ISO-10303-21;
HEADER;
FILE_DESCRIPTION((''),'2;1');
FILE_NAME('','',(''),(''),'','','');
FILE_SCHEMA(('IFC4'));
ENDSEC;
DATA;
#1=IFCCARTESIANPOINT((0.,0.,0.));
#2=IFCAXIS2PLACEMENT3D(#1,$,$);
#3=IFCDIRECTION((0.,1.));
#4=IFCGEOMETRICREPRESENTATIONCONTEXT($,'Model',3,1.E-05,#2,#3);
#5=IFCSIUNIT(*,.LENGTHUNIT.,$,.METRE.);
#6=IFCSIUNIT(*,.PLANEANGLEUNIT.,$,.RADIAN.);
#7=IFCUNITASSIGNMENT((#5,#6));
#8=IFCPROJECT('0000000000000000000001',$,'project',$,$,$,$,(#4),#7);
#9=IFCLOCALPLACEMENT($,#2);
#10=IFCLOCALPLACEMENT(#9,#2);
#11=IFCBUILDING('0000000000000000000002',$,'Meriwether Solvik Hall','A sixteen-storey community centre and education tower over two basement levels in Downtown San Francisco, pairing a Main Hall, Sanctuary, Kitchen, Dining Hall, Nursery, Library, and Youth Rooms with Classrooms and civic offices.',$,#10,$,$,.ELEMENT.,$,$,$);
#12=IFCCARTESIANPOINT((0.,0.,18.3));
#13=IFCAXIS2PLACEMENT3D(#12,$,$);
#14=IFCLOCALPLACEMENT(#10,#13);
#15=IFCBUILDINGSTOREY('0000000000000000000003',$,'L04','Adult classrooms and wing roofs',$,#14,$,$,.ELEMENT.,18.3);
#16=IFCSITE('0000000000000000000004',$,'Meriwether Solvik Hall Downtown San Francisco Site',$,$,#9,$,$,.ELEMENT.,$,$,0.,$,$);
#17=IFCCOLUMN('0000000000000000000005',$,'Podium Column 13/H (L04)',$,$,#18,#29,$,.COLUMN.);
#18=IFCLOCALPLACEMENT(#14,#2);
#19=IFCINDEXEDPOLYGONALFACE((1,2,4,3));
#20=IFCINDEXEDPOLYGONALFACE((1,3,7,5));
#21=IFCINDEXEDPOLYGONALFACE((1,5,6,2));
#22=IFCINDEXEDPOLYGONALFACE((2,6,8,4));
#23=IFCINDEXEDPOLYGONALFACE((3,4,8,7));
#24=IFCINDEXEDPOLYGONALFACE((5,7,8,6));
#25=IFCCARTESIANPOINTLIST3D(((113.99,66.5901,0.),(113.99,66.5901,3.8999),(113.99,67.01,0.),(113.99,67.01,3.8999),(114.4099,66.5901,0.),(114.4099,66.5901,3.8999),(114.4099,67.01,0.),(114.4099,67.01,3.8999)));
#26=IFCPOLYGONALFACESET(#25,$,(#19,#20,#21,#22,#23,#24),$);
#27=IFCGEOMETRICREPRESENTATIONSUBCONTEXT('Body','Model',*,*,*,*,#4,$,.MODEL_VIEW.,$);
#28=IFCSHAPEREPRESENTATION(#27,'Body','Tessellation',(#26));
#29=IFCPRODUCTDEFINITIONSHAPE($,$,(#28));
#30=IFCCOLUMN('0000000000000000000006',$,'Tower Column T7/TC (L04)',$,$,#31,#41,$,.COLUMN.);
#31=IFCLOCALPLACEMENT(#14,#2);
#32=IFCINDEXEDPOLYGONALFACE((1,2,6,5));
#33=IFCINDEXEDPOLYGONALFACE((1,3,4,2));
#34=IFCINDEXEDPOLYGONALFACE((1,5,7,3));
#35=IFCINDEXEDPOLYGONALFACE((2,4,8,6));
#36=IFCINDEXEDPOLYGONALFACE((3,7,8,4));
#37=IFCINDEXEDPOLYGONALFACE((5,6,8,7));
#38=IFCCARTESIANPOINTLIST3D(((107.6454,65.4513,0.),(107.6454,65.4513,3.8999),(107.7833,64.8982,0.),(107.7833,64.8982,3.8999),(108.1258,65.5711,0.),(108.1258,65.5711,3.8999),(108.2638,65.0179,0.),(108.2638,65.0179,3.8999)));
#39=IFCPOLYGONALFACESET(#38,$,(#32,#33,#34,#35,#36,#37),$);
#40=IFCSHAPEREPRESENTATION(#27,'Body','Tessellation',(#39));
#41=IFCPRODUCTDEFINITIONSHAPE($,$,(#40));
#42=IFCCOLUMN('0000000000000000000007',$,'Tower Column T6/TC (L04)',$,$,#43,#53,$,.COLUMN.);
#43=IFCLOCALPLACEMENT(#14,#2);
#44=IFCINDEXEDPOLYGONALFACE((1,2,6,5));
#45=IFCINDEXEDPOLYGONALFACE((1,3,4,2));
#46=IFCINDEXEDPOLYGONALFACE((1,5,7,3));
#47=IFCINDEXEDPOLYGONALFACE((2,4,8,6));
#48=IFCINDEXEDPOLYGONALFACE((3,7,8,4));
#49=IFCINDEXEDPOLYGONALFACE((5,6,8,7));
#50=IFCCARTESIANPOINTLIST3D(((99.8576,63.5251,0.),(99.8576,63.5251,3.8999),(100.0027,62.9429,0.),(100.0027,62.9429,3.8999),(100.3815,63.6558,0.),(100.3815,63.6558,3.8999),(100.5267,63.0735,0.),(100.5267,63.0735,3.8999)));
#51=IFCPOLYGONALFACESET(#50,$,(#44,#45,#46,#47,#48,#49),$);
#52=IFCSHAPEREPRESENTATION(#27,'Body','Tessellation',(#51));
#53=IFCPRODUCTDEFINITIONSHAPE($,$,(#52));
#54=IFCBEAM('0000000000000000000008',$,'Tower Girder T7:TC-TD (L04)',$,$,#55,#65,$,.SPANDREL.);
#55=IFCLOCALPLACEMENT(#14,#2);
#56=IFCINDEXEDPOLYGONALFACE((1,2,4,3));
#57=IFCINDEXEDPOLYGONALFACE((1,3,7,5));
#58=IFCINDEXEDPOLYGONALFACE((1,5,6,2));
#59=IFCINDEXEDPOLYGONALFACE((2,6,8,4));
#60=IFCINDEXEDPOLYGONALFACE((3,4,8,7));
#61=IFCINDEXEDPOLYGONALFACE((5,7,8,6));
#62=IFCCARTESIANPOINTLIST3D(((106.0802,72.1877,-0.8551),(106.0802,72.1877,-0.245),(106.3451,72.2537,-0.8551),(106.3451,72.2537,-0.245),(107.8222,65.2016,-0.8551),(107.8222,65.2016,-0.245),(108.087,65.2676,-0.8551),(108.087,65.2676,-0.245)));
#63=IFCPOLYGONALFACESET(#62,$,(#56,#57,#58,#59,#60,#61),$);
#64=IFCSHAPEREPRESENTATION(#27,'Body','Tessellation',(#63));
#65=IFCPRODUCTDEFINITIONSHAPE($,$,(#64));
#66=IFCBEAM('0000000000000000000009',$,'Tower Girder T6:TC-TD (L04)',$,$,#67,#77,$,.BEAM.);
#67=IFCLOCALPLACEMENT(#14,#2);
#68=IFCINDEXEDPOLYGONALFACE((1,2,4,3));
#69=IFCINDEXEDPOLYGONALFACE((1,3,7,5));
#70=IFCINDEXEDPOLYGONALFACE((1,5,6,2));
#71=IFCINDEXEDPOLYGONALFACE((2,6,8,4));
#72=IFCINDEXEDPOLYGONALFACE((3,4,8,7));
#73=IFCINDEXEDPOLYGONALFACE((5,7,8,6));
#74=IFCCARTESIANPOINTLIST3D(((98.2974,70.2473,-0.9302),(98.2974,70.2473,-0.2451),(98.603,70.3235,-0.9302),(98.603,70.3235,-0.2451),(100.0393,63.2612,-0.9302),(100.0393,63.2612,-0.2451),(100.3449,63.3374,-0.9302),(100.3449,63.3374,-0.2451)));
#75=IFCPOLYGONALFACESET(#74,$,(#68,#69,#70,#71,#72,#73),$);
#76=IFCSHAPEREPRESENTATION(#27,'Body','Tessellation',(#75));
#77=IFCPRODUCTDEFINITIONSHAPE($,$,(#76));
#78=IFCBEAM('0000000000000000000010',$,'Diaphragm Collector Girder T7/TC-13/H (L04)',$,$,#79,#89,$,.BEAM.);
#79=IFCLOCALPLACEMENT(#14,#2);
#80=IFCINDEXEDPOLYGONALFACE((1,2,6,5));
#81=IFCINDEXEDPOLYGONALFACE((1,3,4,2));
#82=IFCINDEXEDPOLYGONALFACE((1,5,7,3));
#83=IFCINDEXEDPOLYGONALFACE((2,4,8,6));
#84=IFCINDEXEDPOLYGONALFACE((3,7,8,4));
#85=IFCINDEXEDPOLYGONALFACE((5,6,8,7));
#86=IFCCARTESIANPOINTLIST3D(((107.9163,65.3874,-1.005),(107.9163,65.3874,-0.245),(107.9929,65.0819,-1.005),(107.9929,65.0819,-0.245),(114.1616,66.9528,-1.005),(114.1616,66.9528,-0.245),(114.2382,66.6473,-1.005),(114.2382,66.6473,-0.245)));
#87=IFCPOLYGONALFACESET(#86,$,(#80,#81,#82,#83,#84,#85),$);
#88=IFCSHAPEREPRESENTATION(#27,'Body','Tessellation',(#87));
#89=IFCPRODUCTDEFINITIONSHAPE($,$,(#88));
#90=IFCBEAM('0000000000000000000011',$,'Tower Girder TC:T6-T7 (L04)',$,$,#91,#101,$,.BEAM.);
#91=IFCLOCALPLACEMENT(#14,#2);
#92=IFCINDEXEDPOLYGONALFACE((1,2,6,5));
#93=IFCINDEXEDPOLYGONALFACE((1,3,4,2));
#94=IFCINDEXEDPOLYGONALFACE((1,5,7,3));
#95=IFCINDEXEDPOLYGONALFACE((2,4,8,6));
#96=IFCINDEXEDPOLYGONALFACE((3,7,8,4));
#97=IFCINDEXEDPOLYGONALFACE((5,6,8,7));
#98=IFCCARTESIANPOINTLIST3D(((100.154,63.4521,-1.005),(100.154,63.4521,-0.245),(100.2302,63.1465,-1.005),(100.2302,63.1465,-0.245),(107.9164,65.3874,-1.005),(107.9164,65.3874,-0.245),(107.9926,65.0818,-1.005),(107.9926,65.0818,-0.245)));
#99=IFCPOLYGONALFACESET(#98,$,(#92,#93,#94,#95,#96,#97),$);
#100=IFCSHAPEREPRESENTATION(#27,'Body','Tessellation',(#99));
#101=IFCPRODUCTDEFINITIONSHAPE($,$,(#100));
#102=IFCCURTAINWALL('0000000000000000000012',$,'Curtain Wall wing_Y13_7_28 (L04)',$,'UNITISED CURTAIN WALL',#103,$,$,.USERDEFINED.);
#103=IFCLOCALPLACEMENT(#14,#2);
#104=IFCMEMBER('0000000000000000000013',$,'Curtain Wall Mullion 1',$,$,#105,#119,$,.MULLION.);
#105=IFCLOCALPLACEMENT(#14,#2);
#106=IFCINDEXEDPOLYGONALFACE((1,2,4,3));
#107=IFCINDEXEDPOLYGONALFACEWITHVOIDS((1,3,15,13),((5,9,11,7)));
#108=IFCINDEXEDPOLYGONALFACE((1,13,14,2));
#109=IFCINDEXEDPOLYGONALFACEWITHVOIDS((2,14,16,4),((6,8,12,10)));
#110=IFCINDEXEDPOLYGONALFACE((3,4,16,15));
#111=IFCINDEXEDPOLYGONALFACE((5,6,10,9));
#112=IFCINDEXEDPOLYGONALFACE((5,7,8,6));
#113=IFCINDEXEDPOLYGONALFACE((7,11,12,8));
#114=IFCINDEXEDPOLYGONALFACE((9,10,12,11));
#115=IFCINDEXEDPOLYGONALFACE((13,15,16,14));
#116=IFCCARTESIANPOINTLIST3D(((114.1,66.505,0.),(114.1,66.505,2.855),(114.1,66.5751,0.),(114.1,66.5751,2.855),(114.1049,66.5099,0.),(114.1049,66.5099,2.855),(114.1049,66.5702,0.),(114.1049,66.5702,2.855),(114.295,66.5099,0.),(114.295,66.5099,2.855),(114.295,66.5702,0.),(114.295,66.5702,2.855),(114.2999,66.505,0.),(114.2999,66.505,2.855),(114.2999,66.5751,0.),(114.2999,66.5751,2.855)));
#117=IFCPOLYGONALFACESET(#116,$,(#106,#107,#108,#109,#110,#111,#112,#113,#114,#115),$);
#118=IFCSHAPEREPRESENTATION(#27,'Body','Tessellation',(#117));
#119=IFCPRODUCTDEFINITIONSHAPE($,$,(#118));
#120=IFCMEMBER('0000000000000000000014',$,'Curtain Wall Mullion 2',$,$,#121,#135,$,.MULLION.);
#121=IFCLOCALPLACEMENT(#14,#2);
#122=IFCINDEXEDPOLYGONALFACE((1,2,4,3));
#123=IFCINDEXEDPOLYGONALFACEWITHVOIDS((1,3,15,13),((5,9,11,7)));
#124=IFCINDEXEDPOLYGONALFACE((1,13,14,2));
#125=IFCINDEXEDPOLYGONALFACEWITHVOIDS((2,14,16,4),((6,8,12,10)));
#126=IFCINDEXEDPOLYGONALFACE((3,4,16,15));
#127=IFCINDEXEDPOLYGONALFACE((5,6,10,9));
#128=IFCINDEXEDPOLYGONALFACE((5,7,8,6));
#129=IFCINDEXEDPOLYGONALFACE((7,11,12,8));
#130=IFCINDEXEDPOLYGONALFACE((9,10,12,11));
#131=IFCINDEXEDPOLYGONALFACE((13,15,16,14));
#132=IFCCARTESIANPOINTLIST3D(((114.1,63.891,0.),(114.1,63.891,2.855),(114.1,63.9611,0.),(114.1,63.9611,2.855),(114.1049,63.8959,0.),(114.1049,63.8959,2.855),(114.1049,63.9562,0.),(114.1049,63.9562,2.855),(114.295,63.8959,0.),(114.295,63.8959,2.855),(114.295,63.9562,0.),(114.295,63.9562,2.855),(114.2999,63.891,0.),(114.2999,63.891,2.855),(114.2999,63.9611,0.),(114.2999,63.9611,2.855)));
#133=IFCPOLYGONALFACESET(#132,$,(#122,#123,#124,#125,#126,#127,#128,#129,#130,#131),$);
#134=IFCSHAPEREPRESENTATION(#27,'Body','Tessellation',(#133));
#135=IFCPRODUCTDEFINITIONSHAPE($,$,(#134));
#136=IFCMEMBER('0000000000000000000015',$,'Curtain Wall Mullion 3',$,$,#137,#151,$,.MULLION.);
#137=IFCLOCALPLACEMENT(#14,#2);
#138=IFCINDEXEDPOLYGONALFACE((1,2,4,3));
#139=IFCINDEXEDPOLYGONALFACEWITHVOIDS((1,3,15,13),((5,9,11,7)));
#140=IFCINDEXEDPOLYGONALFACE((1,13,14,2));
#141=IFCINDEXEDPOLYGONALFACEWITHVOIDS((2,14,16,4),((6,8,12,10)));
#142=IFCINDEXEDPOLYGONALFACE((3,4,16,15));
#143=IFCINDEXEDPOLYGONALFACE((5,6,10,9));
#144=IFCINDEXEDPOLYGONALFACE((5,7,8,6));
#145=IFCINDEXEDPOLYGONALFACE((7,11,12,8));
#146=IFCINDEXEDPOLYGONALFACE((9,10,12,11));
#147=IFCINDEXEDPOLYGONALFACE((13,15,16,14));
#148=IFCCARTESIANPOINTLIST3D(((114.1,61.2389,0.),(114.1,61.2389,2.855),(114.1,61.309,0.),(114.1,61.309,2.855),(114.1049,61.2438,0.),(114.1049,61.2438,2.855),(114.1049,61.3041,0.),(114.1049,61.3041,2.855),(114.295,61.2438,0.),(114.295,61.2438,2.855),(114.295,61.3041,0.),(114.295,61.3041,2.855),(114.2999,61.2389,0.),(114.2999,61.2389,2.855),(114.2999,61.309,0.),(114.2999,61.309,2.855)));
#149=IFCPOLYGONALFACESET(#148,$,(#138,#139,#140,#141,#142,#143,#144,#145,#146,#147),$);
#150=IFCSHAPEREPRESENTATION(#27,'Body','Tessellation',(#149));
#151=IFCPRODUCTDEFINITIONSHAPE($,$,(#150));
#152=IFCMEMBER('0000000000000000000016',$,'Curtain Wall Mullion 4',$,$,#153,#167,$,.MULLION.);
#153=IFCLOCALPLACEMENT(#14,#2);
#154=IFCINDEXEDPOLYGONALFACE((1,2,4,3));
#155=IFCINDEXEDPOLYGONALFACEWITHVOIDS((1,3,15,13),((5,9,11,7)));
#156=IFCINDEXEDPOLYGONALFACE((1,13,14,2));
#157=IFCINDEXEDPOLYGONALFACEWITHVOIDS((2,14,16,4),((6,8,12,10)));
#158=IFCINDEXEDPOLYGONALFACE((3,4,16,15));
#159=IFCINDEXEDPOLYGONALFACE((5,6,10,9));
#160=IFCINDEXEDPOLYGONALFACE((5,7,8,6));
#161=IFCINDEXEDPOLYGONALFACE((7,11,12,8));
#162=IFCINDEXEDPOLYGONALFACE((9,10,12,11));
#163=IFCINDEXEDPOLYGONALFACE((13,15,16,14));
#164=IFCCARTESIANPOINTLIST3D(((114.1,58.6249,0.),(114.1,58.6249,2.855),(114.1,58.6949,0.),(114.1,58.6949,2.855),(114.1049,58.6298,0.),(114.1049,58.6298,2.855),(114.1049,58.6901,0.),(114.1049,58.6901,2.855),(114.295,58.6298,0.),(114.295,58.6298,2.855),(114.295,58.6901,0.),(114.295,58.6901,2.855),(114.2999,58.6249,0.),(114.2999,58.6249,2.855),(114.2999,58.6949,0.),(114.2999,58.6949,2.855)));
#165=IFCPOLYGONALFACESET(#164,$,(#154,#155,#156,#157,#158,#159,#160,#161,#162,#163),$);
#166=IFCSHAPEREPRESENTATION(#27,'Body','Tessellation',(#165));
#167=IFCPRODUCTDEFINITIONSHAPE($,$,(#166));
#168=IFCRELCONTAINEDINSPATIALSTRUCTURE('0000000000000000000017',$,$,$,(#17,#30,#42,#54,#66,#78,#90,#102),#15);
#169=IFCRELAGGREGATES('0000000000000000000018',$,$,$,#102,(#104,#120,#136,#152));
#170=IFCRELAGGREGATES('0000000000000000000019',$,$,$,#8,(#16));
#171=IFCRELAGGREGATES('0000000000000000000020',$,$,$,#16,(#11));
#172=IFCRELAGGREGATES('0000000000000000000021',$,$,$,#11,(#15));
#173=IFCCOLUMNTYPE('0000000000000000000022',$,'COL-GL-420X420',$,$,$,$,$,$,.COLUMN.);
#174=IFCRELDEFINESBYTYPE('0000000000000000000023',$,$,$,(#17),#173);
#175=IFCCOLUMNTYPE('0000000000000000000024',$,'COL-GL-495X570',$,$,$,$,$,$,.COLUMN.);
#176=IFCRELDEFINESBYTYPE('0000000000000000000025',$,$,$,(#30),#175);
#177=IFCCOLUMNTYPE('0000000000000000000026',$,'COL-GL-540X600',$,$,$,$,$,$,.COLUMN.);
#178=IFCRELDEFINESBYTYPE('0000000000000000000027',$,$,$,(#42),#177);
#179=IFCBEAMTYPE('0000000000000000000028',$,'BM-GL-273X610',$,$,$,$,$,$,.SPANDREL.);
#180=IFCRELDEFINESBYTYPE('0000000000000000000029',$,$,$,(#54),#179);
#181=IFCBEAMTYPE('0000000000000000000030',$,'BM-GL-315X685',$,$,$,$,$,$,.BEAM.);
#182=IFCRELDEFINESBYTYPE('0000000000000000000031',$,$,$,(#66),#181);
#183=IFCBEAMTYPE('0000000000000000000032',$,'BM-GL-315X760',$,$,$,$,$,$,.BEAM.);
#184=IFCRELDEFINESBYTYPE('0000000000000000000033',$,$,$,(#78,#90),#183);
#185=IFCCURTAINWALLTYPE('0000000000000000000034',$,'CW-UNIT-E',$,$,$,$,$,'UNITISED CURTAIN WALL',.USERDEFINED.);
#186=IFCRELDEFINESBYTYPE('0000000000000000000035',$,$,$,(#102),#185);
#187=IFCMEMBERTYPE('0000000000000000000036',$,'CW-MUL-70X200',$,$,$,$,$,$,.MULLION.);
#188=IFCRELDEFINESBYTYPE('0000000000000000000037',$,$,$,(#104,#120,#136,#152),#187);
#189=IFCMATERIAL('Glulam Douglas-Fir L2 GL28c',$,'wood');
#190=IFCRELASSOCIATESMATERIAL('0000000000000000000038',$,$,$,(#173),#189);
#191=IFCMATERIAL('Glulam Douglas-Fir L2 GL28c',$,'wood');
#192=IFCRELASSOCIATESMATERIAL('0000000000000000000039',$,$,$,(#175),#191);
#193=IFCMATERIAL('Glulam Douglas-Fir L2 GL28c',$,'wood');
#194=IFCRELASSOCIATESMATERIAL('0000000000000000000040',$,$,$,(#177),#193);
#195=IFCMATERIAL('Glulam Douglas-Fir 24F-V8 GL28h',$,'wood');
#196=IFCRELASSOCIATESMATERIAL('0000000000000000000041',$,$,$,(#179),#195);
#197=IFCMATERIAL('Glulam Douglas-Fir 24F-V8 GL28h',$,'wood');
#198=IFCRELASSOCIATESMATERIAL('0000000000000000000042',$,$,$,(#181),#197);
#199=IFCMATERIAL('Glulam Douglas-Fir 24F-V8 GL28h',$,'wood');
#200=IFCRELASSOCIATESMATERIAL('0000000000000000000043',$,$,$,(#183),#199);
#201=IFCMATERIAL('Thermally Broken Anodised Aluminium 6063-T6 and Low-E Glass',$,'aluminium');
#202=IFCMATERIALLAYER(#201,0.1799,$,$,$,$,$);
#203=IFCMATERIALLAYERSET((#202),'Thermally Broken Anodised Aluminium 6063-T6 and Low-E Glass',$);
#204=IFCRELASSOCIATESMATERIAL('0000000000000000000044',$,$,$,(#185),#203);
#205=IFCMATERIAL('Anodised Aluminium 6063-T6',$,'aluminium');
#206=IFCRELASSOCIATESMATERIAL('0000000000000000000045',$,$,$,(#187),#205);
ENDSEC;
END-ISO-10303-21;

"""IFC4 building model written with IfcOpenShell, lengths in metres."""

from ifc_helpers import new_model, si_unit, direction, frame, origin, origin_2d, place, context, subcontext, project, spatial, rectangle, hollow_rectangle, extrude, material, layer, layer_set, material_profile, profile_set, type_object, element, aggregate, save


model = new_model("IFC4")

# Units and contexts
model_context = context("Model", 3, precision=1e-05, world=origin(), true_north=direction((0.0, 1.0)))
body_context = subcontext(model_context, "Body", "Model", "MODEL_VIEW")
ifc_project = project(units=[si_unit("LENGTHUNIT", "METRE"), si_unit("PLANEANGLEUNIT", "RADIAN")], contexts=[model_context])

# Site, building, storey
site_placement = place(None, origin())
site = spatial("IfcSite", under=ifc_project, at=site_placement, Name="Meriwether Solvik Hall Downtown San Francisco Site", CompositionType="ELEMENT", RefElevation=0.0)
building_placement = place(site_placement, origin())
building = spatial("IfcBuilding", under=site, at=building_placement, Name="Meriwether Solvik Hall", Description="A sixteen-storey community centre and education tower over two basement levels in Downtown San Francisco, pairing a Main Hall, Sanctuary, Kitchen, Dining Hall, Nursery, Library, and Youth Rooms with Classrooms and civic offices.", CompositionType="ELEMENT")
storey_placement = place(building_placement, frame((0.0, 0.0, 18.3)))
storey = spatial("IfcBuildingStorey", under=building, at=storey_placement, Name="L04", Description="Adult classrooms and wing roofs", CompositionType="ELEMENT", Elevation=18.3)

# Columns
ifc_material_1 = material(Name="Glulam Douglas-Fir L2 GL28c", Category="wood")
ifc_material_profile_1 = material_profile(ifc_material_1, rectangle(XDim=0.4199, YDim=0.4199, at=origin_2d()), Name="GLC-420X420")
ifc_profile_set_1 = profile_set([ifc_material_profile_1], Name="Glulam Douglas-Fir L2 GL28c")
column_type_1 = type_object("IfcColumnType", Name="COL-GL-420X420", PredefinedType="COLUMN", material=ifc_profile_set_1)
column_1_placement = place(storey_placement, frame((114.2, 66.8, 0.0), z_axis=(0.0, 0.0, 1.0), x_axis=(1.0, 0.0, 0.0)))
element("IfcColumn", 1, at=column_1_placement, inside=storey, type_object=column_type_1, Name="Podium Column 13/H (L04)", PredefinedType="COLUMN", context=body_context, shape_type="SweptSolid", body=[
    extrude(rectangle(XDim=0.4199, YDim=0.4199, at=origin_2d()), origin(), (0.0, 0.0, 1.0), 3.8999),
])
ifc_material_2 = material(Name="Glulam Douglas-Fir L2 GL28c", Category="wood")
ifc_material_profile_2 = material_profile(ifc_material_2, rectangle(XDim=0.4951, YDim=0.5701, at=origin_2d()), Name="GLC-495X570")
ifc_profile_set_2 = profile_set([ifc_material_profile_2], Name="Glulam Douglas-Fir L2 GL28c")
column_type_2 = type_object("IfcColumnType", Name="COL-GL-495X570", PredefinedType="COLUMN", material=ifc_profile_set_2)
column_2_placement = place(storey_placement, frame((107.9546, 65.2346, 0.0), z_axis=(0.0, 0.0, 1.0), x_axis=(0.970296, 0.241922, 0.0)))
element("IfcColumn", 2, at=column_2_placement, inside=storey, type_object=column_type_2, Name="Tower Column T7/TC (L04)", PredefinedType="COLUMN", context=body_context, shape_type="SweptSolid", body=[
    extrude(rectangle(XDim=0.4951, YDim=0.5701, at=origin_2d()), origin(), (0.0, 0.0, 1.0), 3.8999),
])
ifc_material_3 = material(Name="Glulam Douglas-Fir L2 GL28c", Category="wood")
ifc_material_profile_3 = material_profile(ifc_material_3, rectangle(XDim=0.54, YDim=0.6001, at=origin_2d()), Name="GLC-540X600")
ifc_profile_set_3 = profile_set([ifc_material_profile_3], Name="Glulam Douglas-Fir L2 GL28c")
column_type_3 = type_object("IfcColumnType", Name="COL-GL-540X600", PredefinedType="COLUMN", material=ifc_profile_set_3)
column_3_placement = place(storey_placement, frame((100.1921, 63.2993, 0.0), z_axis=(0.0, 0.0, 1.0), x_axis=(0.970296, 0.241922, 0.0)))
element("IfcColumn", 3, at=column_3_placement, inside=storey, type_object=column_type_3, Name="Tower Column T6/TC (L04)", PredefinedType="COLUMN", context=body_context, shape_type="SweptSolid", body=[
    extrude(rectangle(XDim=0.54, YDim=0.6001, at=origin_2d()), origin(), (0.0, 0.0, 1.0), 3.8999),
])

# Beams
ifc_material_4 = material(Name="Glulam Douglas-Fir 24F-V8 GL28h", Category="wood")
ifc_material_profile_4 = material_profile(ifc_material_4, rectangle(XDim=0.2729, YDim=0.6101, at=origin_2d()), Name="GLB-273X610")
ifc_profile_set_4 = profile_set([ifc_material_profile_4], Name="Glulam Douglas-Fir 24F-V8 GL28h")
beam_type_1 = type_object("IfcBeamType", Name="BM-GL-273X610", PredefinedType="SPANDREL", material=ifc_profile_set_4)
beam_1_placement = place(storey_placement, frame((107.9546, 65.2346, -0.55), z_axis=(-0.241937, 0.970292, 0.0), x_axis=(-0.970292, -0.241937, 0.0)))
element("IfcBeam", 4, at=beam_1_placement, inside=storey, type_object=beam_type_1, Name="Tower Girder T7:TC-TD (L04)", PredefinedType="SPANDREL", context=body_context, shape_type="SweptSolid", body=[
    extrude(rectangle(XDim=0.2729, YDim=0.6101, at=origin_2d()), origin(), (0.0, 0.0, 1.0), 7.2),
])
ifc_material_5 = material(Name="Glulam Douglas-Fir 24F-V8 GL28h", Category="wood")
ifc_material_profile_5 = material_profile(ifc_material_5, rectangle(XDim=0.3149, YDim=0.6851, at=origin_2d()), Name="GLB-315X685")
ifc_profile_set_5 = profile_set([ifc_material_profile_5], Name="Glulam Douglas-Fir 24F-V8 GL28h")
beam_type_2 = type_object("IfcBeamType", Name="BM-GL-315X685", PredefinedType="BEAM", material=ifc_profile_set_5)
beam_2_placement = place(storey_placement, frame((100.1921, 63.2993, -0.5876), z_axis=(-0.241937, 0.970292, 0.0), x_axis=(-0.970292, -0.241937, 0.0)))
element("IfcBeam", 5, at=beam_2_placement, inside=storey, type_object=beam_type_2, Name="Tower Girder T6:TC-TD (L04)", PredefinedType="BEAM", context=body_context, shape_type="SweptSolid", body=[
    extrude(rectangle(XDim=0.3149, YDim=0.6851, at=origin_2d()), origin(), (0.0, 0.0, 1.0), 7.2),
])
ifc_material_6 = material(Name="Glulam Douglas-Fir 24F-V8 GL28h", Category="wood")
ifc_material_profile_6 = material_profile(ifc_material_6, rectangle(XDim=0.3149, YDim=0.76, at=origin_2d()), Name="GLB-315X760")
ifc_profile_set_6 = profile_set([ifc_material_profile_6], Name="Glulam Douglas-Fir 24F-V8 GL28h")
beam_type_3 = type_object("IfcBeamType", Name="BM-GL-315X760", PredefinedType="BEAM", material=ifc_profile_set_6)
beam_3_placement = place(storey_placement, frame((107.9546, 65.2346, -0.625), z_axis=(0.969993, 0.243133, 0.0), x_axis=(-0.243133, 0.969993, 0.0)))
element("IfcBeam", 6, at=beam_3_placement, inside=storey, type_object=beam_type_3, Name="Diaphragm Collector Girder T7/TC-13/H (L04)", PredefinedType="BEAM", context=body_context, shape_type="SweptSolid", body=[
    extrude(rectangle(XDim=0.3149, YDim=0.76, at=origin_2d()), origin(), (0.0, 0.0, 1.0), 6.4385),
])
beam_4_placement = place(storey_placement, frame((100.1921, 63.2993, -0.625), z_axis=(0.970298, 0.241911, 0.0), x_axis=(-0.241911, 0.970298, 0.0)))
element("IfcBeam", 7, at=beam_4_placement, inside=storey, type_object=beam_type_3, Name="Tower Girder TC:T6-T7 (L04)", PredefinedType="BEAM", context=body_context, shape_type="SweptSolid", body=[
    extrude(rectangle(XDim=0.3149, YDim=0.76, at=origin_2d()), origin(), (0.0, 0.0, 1.0), 8.0),
])

# Curtain wall, members
ifc_material_7 = material(Name="Thermally Broken Anodised Aluminium 6063-T6 and Low-E Glass", Category="aluminium")
ifc_layer_1 = layer(ifc_material_7, 0.1799)
ifc_layer_set_1 = layer_set([ifc_layer_1], Name="Thermally Broken Anodised Aluminium 6063-T6 and Low-E Glass")
curtain_wall_type = type_object("IfcCurtainWallType", Name="CW-UNIT-E", ElementType="UNITISED CURTAIN WALL", PredefinedType="USERDEFINED", material=ifc_layer_set_1)
curtain_wall_placement = place(storey_placement, origin())
curtain_wall = element("IfcCurtainWall", 8, at=curtain_wall_placement, inside=storey, type_object=curtain_wall_type, Name="Curtain Wall wing_Y13_7_28 (L04)", ObjectType="UNITISED CURTAIN WALL", PredefinedType="USERDEFINED")
ifc_material_8 = material(Name="Anodised Aluminium 6063-T6", Category="aluminium")
ifc_material_profile_7 = material_profile(ifc_material_8, hollow_rectangle(XDim=0.0701, YDim=0.2, WallThickness=0.0049, at=origin_2d()), Name="CWM-70X200")
ifc_profile_set_7 = profile_set([ifc_material_profile_7], Name="Anodised Aluminium 6063-T6")
member_type_1 = type_object("IfcMemberType", Name="CW-MUL-70X200", PredefinedType="MULLION", material=ifc_profile_set_7)
member_1_placement = place(storey_placement, frame((114.2, 66.54, 0.0), z_axis=(0.0, 0.0, 1.0), x_axis=(0.0, -1.0, 0.0)))
member_1 = element("IfcMember", 9, at=member_1_placement, type_object=member_type_1, Name="Curtain Wall Mullion 1", PredefinedType="MULLION", context=body_context, shape_type="SweptSolid", body=[
    extrude(hollow_rectangle(XDim=0.0701, YDim=0.2, WallThickness=0.0049, at=origin_2d()), origin(), (0.0, 0.0, 1.0), 2.855),
])
member_2_placement = place(storey_placement, frame((114.2, 63.926, 0.0), z_axis=(0.0, 0.0, 1.0), x_axis=(0.0, -1.0, 0.0)))
member_2 = element("IfcMember", 10, at=member_2_placement, type_object=member_type_1, Name="Curtain Wall Mullion 2", PredefinedType="MULLION", context=body_context, shape_type="SweptSolid", body=[
    extrude(hollow_rectangle(XDim=0.0701, YDim=0.2, WallThickness=0.0049, at=origin_2d()), origin(), (0.0, 0.0, 1.0), 2.855),
])
member_3_placement = place(storey_placement, frame((114.2, 61.2739, 0.0), z_axis=(0.0, 0.0, 1.0), x_axis=(0.0, -1.0, 0.0)))
member_3 = element("IfcMember", 11, at=member_3_placement, type_object=member_type_1, Name="Curtain Wall Mullion 3", PredefinedType="MULLION", context=body_context, shape_type="SweptSolid", body=[
    extrude(hollow_rectangle(XDim=0.0701, YDim=0.2, WallThickness=0.0049, at=origin_2d()), origin(), (0.0, 0.0, 1.0), 2.855),
])
member_4_placement = place(storey_placement, frame((114.2, 58.6599, 0.0), z_axis=(0.0, 0.0, 1.0), x_axis=(0.0, -1.0, 0.0)))
member_4 = element("IfcMember", 12, at=member_4_placement, type_object=member_type_1, Name="Curtain Wall Mullion 4", PredefinedType="MULLION", context=body_context, shape_type="SweptSolid", body=[
    extrude(hollow_rectangle(XDim=0.0701, YDim=0.2, WallThickness=0.0049, at=origin_2d()), origin(), (0.0, 0.0, 1.0), 2.855),
])

aggregate(curtain_wall, [member_1, member_2, member_3, member_4])

save(model, "model.ifc")
